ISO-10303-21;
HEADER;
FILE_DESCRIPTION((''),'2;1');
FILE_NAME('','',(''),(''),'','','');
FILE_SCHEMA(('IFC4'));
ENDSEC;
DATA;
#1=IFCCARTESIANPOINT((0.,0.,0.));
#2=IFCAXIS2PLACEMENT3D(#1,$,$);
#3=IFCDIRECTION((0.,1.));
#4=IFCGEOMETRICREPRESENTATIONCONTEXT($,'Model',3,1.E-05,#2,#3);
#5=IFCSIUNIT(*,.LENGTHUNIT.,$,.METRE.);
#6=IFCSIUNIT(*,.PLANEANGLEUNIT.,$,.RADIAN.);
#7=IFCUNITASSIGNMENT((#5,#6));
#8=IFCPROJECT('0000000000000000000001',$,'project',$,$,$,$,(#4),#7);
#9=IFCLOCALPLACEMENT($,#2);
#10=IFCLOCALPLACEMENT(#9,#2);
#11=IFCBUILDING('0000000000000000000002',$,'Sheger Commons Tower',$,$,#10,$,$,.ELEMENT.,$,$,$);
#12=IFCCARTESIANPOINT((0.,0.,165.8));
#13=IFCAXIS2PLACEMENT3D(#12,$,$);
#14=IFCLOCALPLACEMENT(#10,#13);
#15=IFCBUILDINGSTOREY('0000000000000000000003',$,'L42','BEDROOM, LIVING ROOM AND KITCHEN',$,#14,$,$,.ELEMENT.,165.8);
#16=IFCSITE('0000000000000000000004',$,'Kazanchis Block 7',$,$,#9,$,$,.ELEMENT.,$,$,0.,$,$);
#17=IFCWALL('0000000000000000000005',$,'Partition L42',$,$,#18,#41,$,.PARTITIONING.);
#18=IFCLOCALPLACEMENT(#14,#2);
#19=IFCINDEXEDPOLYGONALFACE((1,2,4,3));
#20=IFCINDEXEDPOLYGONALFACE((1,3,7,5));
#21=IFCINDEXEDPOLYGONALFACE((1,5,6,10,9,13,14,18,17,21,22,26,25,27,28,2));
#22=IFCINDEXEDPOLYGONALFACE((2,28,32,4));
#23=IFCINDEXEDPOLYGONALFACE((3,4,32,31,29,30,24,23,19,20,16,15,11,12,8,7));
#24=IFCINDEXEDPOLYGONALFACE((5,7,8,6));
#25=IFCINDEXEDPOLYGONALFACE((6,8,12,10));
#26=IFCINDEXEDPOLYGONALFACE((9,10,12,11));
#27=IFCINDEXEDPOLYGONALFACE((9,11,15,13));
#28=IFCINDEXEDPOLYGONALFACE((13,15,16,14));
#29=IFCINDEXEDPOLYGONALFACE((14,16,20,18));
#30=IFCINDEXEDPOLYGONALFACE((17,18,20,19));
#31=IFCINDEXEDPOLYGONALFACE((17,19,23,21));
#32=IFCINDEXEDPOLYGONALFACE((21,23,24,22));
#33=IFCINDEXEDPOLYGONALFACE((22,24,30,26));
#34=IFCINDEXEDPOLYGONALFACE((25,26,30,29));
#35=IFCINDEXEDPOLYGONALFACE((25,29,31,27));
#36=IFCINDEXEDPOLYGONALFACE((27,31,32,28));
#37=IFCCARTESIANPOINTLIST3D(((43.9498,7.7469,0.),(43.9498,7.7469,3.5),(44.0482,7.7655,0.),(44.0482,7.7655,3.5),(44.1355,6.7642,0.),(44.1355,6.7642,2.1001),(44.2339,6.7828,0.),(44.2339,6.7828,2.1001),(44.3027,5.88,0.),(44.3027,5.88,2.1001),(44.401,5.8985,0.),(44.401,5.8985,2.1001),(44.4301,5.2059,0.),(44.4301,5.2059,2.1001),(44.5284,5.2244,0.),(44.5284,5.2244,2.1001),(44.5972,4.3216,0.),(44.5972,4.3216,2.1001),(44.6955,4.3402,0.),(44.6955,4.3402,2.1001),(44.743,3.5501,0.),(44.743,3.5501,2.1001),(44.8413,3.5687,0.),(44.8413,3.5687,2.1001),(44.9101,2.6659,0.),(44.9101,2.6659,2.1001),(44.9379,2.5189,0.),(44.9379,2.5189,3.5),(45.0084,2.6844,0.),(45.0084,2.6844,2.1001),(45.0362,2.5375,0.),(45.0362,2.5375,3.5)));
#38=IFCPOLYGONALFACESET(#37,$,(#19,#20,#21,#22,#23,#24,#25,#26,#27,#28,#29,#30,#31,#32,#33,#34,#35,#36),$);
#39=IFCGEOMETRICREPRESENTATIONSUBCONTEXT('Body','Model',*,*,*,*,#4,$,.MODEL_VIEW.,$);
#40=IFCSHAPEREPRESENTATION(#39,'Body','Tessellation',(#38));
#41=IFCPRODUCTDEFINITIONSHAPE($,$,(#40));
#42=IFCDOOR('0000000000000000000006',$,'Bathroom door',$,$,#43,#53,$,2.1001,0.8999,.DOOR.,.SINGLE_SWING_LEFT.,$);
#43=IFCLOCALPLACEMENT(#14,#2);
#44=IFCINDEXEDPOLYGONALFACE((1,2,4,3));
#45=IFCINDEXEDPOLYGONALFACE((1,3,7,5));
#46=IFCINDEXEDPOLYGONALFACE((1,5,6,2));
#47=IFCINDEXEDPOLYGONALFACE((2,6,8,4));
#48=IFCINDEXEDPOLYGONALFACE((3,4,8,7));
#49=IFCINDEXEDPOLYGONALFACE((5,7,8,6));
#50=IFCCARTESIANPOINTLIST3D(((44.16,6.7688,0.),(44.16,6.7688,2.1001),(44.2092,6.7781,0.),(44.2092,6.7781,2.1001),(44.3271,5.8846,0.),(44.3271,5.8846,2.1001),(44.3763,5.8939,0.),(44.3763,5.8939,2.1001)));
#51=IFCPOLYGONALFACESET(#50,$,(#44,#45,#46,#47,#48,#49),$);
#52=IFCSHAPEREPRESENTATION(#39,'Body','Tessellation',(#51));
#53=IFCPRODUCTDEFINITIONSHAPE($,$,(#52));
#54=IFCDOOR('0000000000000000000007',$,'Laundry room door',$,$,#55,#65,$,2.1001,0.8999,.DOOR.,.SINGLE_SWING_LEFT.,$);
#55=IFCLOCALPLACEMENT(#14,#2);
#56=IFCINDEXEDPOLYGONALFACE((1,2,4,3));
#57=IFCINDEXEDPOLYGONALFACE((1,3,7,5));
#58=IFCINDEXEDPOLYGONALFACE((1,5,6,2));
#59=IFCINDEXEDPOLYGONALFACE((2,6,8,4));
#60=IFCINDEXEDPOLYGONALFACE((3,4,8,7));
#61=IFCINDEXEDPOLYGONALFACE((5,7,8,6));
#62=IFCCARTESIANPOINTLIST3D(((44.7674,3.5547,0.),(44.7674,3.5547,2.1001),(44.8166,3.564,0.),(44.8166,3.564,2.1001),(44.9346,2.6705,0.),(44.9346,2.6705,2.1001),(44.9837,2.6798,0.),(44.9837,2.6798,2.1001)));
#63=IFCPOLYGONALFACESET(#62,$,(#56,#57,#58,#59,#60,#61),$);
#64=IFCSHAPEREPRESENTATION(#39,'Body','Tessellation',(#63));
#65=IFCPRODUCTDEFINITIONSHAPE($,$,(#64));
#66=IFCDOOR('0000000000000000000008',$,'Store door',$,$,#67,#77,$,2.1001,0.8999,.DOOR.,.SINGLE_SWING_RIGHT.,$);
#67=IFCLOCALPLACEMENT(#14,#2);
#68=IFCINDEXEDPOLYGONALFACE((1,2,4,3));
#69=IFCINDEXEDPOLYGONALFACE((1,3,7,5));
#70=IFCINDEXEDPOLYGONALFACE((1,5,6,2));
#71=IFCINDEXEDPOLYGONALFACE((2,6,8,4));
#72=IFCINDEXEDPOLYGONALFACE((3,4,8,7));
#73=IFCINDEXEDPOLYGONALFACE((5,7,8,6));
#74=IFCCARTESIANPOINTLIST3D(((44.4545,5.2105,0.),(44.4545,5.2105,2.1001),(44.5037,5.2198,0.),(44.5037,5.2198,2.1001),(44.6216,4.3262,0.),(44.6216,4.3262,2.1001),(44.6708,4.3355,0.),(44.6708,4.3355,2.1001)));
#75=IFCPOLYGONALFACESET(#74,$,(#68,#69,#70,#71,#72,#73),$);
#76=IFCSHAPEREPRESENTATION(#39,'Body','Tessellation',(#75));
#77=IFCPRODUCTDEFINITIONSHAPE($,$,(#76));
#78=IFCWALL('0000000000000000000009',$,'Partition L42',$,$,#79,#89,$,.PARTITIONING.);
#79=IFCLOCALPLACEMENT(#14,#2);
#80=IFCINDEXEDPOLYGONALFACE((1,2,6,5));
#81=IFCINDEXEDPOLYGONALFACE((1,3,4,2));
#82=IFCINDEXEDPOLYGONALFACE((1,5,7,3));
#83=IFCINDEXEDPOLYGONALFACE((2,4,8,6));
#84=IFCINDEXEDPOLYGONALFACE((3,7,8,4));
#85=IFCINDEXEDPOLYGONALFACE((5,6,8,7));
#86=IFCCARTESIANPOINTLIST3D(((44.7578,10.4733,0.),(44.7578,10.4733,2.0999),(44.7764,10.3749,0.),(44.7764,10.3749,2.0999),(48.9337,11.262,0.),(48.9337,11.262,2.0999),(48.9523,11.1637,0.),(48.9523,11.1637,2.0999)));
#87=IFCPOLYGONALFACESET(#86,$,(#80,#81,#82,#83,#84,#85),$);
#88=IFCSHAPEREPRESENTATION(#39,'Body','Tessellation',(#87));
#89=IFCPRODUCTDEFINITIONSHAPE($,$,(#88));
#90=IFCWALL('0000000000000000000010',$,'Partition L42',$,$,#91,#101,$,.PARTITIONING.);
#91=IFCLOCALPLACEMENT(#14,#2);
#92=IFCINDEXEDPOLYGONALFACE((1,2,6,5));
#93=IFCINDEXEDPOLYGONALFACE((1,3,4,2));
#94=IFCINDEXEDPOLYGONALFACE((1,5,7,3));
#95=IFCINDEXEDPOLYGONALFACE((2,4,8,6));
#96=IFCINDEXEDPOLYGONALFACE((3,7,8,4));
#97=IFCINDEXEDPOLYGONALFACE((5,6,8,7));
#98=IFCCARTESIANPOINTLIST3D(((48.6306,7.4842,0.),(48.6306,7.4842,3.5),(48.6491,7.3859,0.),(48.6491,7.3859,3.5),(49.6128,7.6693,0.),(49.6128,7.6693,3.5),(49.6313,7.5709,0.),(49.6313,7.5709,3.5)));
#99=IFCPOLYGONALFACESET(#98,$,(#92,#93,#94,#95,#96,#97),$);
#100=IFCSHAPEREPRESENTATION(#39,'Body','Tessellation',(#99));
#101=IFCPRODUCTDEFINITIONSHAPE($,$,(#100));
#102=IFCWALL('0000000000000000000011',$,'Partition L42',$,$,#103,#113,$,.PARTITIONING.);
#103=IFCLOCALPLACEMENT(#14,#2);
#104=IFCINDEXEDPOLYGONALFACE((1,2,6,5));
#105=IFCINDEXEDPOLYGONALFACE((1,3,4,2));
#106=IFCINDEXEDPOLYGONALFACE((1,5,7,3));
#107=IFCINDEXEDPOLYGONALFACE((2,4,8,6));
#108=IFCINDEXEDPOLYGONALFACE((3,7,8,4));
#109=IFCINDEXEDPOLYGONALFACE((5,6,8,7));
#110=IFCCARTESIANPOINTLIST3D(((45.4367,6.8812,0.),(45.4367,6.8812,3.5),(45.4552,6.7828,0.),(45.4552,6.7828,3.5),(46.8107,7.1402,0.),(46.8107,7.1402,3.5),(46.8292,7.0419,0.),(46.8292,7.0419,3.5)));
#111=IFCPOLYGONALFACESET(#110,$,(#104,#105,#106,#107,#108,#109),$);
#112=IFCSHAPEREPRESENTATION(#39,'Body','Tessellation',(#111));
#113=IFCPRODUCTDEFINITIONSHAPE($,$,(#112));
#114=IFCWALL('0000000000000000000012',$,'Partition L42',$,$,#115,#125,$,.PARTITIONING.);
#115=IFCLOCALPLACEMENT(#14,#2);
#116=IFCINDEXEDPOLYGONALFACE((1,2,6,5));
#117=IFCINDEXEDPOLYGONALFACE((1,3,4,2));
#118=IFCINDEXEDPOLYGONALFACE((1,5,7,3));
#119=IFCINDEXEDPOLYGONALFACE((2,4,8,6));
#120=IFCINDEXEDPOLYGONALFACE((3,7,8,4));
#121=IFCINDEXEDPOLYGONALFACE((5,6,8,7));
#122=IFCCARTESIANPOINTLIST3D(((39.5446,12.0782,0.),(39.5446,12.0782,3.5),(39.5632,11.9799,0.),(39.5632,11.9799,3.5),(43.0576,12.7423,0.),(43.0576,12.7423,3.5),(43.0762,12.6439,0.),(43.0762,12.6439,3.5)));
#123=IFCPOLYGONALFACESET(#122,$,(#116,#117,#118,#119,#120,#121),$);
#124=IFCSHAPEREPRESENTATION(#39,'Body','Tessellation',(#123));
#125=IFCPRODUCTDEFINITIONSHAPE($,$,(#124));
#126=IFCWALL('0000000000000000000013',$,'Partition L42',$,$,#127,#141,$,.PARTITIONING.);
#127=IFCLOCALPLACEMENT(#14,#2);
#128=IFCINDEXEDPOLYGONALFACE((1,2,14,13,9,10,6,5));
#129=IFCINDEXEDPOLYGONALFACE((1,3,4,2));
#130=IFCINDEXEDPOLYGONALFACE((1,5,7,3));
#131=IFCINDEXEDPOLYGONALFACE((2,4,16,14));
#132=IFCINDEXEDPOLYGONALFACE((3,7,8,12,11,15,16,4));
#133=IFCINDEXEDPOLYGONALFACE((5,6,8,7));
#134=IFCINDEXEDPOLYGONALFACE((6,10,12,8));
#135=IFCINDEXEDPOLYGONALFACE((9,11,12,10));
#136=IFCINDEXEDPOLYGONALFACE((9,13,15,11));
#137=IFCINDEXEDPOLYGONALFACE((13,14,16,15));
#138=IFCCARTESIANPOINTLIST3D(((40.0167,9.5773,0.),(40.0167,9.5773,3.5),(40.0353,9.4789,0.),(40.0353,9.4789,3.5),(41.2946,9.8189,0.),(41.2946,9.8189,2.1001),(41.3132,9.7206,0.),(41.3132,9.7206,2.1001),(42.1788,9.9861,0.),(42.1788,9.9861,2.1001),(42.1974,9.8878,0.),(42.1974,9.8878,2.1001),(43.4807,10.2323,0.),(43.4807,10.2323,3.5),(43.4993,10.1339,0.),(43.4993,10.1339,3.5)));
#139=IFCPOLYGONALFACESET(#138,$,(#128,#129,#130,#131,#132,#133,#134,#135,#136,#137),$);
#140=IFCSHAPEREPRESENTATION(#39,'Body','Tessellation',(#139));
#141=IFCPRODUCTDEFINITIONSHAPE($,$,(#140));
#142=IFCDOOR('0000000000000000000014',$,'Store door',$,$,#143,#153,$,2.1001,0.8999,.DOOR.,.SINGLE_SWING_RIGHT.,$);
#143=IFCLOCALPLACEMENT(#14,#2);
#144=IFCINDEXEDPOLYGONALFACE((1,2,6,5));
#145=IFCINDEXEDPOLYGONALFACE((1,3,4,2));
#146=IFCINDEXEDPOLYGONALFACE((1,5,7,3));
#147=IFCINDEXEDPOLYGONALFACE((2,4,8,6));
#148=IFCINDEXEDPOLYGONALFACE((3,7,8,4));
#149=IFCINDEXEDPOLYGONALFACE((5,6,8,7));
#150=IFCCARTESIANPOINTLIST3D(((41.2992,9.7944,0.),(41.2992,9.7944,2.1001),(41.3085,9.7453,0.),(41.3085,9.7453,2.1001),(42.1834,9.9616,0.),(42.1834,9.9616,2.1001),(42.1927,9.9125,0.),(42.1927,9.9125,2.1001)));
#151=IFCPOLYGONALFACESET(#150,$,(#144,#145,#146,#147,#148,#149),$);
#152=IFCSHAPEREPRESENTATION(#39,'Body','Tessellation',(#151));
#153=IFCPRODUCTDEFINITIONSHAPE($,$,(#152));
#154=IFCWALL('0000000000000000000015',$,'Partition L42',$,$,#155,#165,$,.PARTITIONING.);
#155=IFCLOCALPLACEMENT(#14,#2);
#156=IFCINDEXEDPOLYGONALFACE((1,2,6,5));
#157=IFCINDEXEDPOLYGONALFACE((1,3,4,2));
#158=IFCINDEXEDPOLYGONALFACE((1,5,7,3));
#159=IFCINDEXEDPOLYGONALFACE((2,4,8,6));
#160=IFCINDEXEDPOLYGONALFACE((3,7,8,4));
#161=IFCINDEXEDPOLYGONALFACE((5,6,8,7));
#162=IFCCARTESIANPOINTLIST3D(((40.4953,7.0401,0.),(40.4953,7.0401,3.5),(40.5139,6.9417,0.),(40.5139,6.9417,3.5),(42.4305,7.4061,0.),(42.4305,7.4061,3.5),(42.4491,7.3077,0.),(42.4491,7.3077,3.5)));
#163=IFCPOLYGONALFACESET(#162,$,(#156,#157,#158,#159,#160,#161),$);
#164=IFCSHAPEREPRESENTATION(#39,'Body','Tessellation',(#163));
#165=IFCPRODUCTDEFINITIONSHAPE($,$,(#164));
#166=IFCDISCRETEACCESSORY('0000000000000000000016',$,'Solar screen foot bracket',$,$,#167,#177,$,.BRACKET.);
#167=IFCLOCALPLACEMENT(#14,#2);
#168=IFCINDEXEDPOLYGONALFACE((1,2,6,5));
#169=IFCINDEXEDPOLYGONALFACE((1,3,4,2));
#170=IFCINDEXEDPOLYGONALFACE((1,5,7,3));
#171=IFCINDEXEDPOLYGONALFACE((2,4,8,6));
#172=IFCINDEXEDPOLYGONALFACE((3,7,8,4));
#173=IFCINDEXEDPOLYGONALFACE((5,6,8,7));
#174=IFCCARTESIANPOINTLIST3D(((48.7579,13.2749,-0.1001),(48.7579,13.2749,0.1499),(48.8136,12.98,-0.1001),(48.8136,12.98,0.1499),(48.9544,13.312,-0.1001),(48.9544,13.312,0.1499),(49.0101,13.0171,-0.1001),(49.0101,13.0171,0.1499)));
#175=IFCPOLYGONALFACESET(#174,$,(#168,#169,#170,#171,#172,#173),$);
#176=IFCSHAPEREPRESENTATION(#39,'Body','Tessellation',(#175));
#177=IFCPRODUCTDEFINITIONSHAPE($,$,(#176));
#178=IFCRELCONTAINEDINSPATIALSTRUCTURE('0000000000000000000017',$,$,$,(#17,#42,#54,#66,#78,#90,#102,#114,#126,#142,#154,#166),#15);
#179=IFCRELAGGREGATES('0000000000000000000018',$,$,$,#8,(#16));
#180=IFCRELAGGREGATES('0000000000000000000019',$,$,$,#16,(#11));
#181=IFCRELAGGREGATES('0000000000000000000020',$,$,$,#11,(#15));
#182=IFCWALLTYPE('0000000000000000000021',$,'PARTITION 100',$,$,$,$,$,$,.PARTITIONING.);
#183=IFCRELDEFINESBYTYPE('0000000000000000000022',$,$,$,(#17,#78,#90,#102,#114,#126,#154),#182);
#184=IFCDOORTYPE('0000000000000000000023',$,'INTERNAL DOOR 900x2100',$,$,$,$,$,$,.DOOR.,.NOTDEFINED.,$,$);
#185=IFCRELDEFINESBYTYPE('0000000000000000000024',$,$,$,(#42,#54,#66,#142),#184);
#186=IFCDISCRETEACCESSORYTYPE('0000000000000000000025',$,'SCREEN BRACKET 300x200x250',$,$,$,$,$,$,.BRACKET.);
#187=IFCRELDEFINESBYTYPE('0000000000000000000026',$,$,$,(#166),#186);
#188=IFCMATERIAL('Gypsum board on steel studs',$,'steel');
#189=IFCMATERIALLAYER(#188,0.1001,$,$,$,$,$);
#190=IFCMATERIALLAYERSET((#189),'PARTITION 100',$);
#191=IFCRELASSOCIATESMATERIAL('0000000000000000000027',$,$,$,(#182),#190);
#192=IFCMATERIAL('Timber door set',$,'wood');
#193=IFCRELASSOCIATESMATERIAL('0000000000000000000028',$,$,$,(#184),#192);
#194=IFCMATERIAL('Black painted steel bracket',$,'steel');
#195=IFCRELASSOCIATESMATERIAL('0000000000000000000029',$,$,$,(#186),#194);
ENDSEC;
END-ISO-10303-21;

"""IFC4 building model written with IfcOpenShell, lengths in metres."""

from ifc_helpers import new_model, si_unit, direction, frame, frame_2d, origin, origin_2d, place, context, subcontext, project, spatial, rectangle, extrude, material, layer, layer_set, type_object, element, fill, save


model = new_model("IFC4")

# Units and contexts
model_context = context("Model", 3, precision=1e-05, world=origin(), true_north=direction((0.0, 1.0)))
body_context = subcontext(model_context, "Body", "Model", "MODEL_VIEW")
ifc_project = project(units=[si_unit("LENGTHUNIT", "METRE"), si_unit("PLANEANGLEUNIT", "RADIAN")], contexts=[model_context])

# Site, building, storey
site_placement = place(None, origin())
site = spatial("IfcSite", under=ifc_project, at=site_placement, Name="Kazanchis Block 7", CompositionType="ELEMENT", RefElevation=0.0)
building_placement = place(site_placement, origin())
building = spatial("IfcBuilding", under=site, at=building_placement, Name="Sheger Commons Tower", CompositionType="ELEMENT")
storey_placement = place(building_placement, frame((0.0, 0.0, 165.8)))
storey = spatial("IfcBuildingStorey", under=building, at=storey_placement, Name="L42", Description="BEDROOM, LIVING ROOM AND KITCHEN", CompositionType="ELEMENT", Elevation=165.8)

# Shared definitions
ifc_material_1 = material(Name="Gypsum board on steel studs", Category="steel")
ifc_layer_1 = layer(ifc_material_1, 0.1001)
ifc_layer_set_1 = layer_set([ifc_layer_1], Name="PARTITION 100")
wall_type_1 = type_object("IfcWallType", Name="PARTITION 100", PredefinedType="PARTITIONING", material=ifc_layer_set_1)
ifc_material_2 = material(Name="Timber door set", Category="wood")
door_type_1 = type_object("IfcDoorType", Name="INTERNAL DOOR 900x2100", OperationType="NOTDEFINED", PredefinedType="DOOR", material=ifc_material_2)

# Wall, openings, doors
wall_1_placement = place(storey_placement, frame((43.999, 7.7561, 0.0), z_axis=(0.0, 0.0, 1.0), x_axis=(0.185701, -0.982606, 0.0)))
wall_1 = element("IfcWall", 1, at=wall_1_placement, inside=storey, type_object=wall_type_1, Name="Partition L42", PredefinedType="PARTITIONING", context=body_context, shape_type="SweptSolid", body=[
    extrude(rectangle(XDim=5.3206, YDim=0.1001, at=frame_2d((2.6602, 0.0))), origin(), (0.0, 0.0, 1.0), 3.5),
])
opening_1_placement = place(wall_1_placement, frame((1.0, 0.0, 0.0)))
opening_1 = element("IfcOpeningElement", 2, at=opening_1_placement, cuts=wall_1, PredefinedType="OPENING", context=body_context, shape_type="SweptSolid", body=[
    extrude(rectangle(XDim=0.8999, YDim=2.1001, at=frame_2d((0.45, 1.05))), frame((0.0, 0.0601, 0.0), z_axis=(0.0, -1.0, 0.0), x_axis=(1.0, 0.0, 0.0)), (0.0, 0.0, 1.0), 0.1201),
])
opening_2_placement = place(wall_1_placement, frame((4.271, 0.0, 0.0)))
opening_2 = element("IfcOpeningElement", 3, at=opening_2_placement, cuts=wall_1, PredefinedType="OPENING", context=body_context, shape_type="SweptSolid", body=[
    extrude(rectangle(XDim=0.8999, YDim=2.1001, at=frame_2d((0.45, 1.05))), frame((0.0, 0.0601, 0.0), z_axis=(0.0, -1.0, 0.0), x_axis=(1.0, 0.0, 0.0)), (0.0, 0.0, 1.0), 0.1201),
])
opening_3_placement = place(wall_1_placement, frame((2.5859, 0.0, 0.0)))
opening_3 = element("IfcOpeningElement", 4, at=opening_3_placement, cuts=wall_1, PredefinedType="OPENING", context=body_context, shape_type="SweptSolid", body=[
    extrude(rectangle(XDim=0.8999, YDim=2.1001, at=frame_2d((0.45, 1.05))), frame((0.0, 0.0601, 0.0), z_axis=(0.0, -1.0, 0.0), x_axis=(1.0, 0.0, 0.0)), (0.0, 0.0, 1.0), 0.1201),
])
door_1_placement = place(opening_1_placement, origin())
door_1 = element("IfcDoor", 5, at=door_1_placement, inside=storey, type_object=door_type_1, Name="Bathroom door", OperationType="SINGLE_SWING_LEFT", OverallHeight=2.1001, OverallWidth=0.8999, PredefinedType="DOOR", context=body_context, shape_type="SweptSolid", body=[
    extrude(rectangle(XDim=0.8999, YDim=2.1001, at=frame_2d((0.45, 1.05))), frame((0.0, 0.0249, 0.0), z_axis=(0.0, -1.0, 0.0), x_axis=(1.0, 0.0, 0.0)), (0.0, 0.0, 1.0), 0.05),
])
fill(opening_1, door_1)
door_2_placement = place(opening_2_placement, origin())
door_2 = element("IfcDoor", 6, at=door_2_placement, inside=storey, type_object=door_type_1, Name="Laundry room door", OperationType="SINGLE_SWING_LEFT", OverallHeight=2.1001, OverallWidth=0.8999, PredefinedType="DOOR", context=body_context, shape_type="SweptSolid", body=[
    extrude(rectangle(XDim=0.8999, YDim=2.1001, at=frame_2d((0.45, 1.05))), frame((0.0, 0.0249, 0.0), z_axis=(0.0, -1.0, 0.0), x_axis=(1.0, 0.0, 0.0)), (0.0, 0.0, 1.0), 0.05),
])
fill(opening_2, door_2)
door_3_placement = place(opening_3_placement, origin())
door_3 = element("IfcDoor", 7, at=door_3_placement, inside=storey, type_object=door_type_1, Name="Store door", OperationType="SINGLE_SWING_RIGHT", OverallHeight=2.1001, OverallWidth=0.8999, PredefinedType="DOOR", context=body_context, shape_type="SweptSolid", body=[
    extrude(rectangle(XDim=0.8999, YDim=2.1001, at=frame_2d((0.45, 1.05))), frame((0.0, 0.0249, 0.0), z_axis=(0.0, -1.0, 0.0), x_axis=(1.0, 0.0, 0.0)), (0.0, 0.0, 1.0), 0.05),
])
fill(opening_3, door_3)

# Walls
wall_2_placement = place(storey_placement, frame((48.9431, 11.2129, 0.0), z_axis=(0.0, 0.0, 1.0), x_axis=(-0.982624, -0.18561, 0.0)))
element("IfcWall", 8, at=wall_2_placement, inside=storey, type_object=wall_type_1, Name="Partition L42", PredefinedType="PARTITIONING", context=body_context, shape_type="SweptSolid", body=[
    extrude(rectangle(XDim=4.2498, YDim=0.1001, at=frame_2d((2.125, 0.0))), origin(), (0.0, 0.0, 1.0), 2.0999),
])
wall_3_placement = place(storey_placement, frame((49.6221, 7.6201, 0.0), z_axis=(0.0, 0.0, 1.0), x_axis=(-0.982709, -0.185159, 0.0)))
element("IfcWall", 9, at=wall_3_placement, inside=storey, type_object=wall_type_1, Name="Partition L42", PredefinedType="PARTITIONING", context=body_context, shape_type="SweptSolid", body=[
    extrude(rectangle(XDim=0.9995, YDim=0.1001, at=frame_2d((0.4998, 0.0))), origin(), (0.0, 0.0, 1.0), 3.5),
])
wall_4_placement = place(storey_placement, frame((46.8201, 7.0911, 0.0), z_axis=(0.0, 0.0, 1.0), x_axis=(-0.98269, -0.185258, 0.0)))
element("IfcWall", 10, at=wall_4_placement, inside=storey, type_object=wall_type_1, Name="Partition L42", PredefinedType="PARTITIONING", context=body_context, shape_type="SweptSolid", body=[
    extrude(rectangle(XDim=1.3982, YDim=0.1001, at=frame_2d((0.6992, 0.0))), origin(), (0.0, 0.0, 1.0), 3.5),
])
wall_5_placement = place(storey_placement, frame((43.0669, 12.6931, 0.0), z_axis=(0.0, 0.0, 1.0), x_axis=(-0.982598, -0.185744, 0.0)))
element("IfcWall", 11, at=wall_5_placement, inside=storey, type_object=wall_type_1, Name="Partition L42", PredefinedType="PARTITIONING", context=body_context, shape_type="SweptSolid", body=[
    extrude(rectangle(XDim=3.5752, YDim=0.1001, at=frame_2d((1.7876, 0.0))), origin(), (0.0, 0.0, 1.0), 3.5),
])

# Wall, opening, door
wall_6_placement = place(storey_placement, frame((43.49, 10.1831, 0.0), z_axis=(0.0, 0.0, 1.0), x_axis=(-0.982588, -0.185798, 0.0)))
wall_6 = element("IfcWall", 12, at=wall_6_placement, inside=storey, type_object=wall_type_1, Name="Partition L42", PredefinedType="PARTITIONING", context=body_context, shape_type="SweptSolid", body=[
    extrude(rectangle(XDim=3.5254, YDim=0.1001, at=frame_2d((1.7627, 0.0))), origin(), (0.0, 0.0, 1.0), 3.5),
])
opening_4_placement = place(wall_6_placement, frame((1.325, 0.0, 0.0)))
opening_4 = element("IfcOpeningElement", 13, at=opening_4_placement, cuts=wall_6, PredefinedType="OPENING", context=body_context, shape_type="SweptSolid", body=[
    extrude(rectangle(XDim=0.8999, YDim=2.1001, at=frame_2d((0.45, 1.05))), frame((0.0, 0.0601, 0.0), z_axis=(0.0, -1.0, 0.0), x_axis=(1.0, 0.0, 0.0)), (0.0, 0.0, 1.0), 0.1201),
])
door_4_placement = place(opening_4_placement, origin())
door_4 = element("IfcDoor", 14, at=door_4_placement, inside=storey, type_object=door_type_1, Name="Store door", OperationType="SINGLE_SWING_RIGHT", OverallHeight=2.1001, OverallWidth=0.8999, PredefinedType="DOOR", context=body_context, shape_type="SweptSolid", body=[
    extrude(rectangle(XDim=0.8999, YDim=2.1001, at=frame_2d((0.45, 1.05))), frame((0.0, 0.0249, 0.0), z_axis=(0.0, -1.0, 0.0), x_axis=(1.0, 0.0, 0.0)), (0.0, 0.0, 1.0), 0.05),
])
fill(opening_4, door_4)

# Wall
wall_7_placement = place(storey_placement, frame((42.4399, 7.3569, 0.0), z_axis=(0.0, 0.0, 1.0), x_axis=(-0.982582, -0.18583, 0.0)))
element("IfcWall", 15, at=wall_7_placement, inside=storey, type_object=wall_type_1, Name="Partition L42", PredefinedType="PARTITIONING", context=body_context, shape_type="SweptSolid", body=[
    extrude(rectangle(XDim=1.9695, YDim=0.1001, at=frame_2d((0.9849, 0.0))), origin(), (0.0, 0.0, 1.0), 3.5),
])

# Discrete accessory
ifc_material_3 = material(Name="Black painted steel bracket", Category="steel")
discrete_accessory_type = type_object("IfcDiscreteAccessoryType", Name="SCREEN BRACKET 300x200x250", PredefinedType="BRACKET", material=ifc_material_3)
discrete_accessory_placement = place(storey_placement, frame((48.884, 13.146, -0.1001), z_axis=(0.0, 0.0, 1.0), x_axis=(-0.185615, 0.982623, 0.0)))
element("IfcDiscreteAccessory", 16, at=discrete_accessory_placement, inside=storey, type_object=discrete_accessory_type, Name="Solar screen foot bracket", PredefinedType="BRACKET", context=body_context, shape_type="SweptSolid", body=[
    extrude(rectangle(XDim=0.3, YDim=0.2, at=origin_2d()), origin(), (0.0, 0.0, 1.0), 0.25),
])

save(model, "model.ifc")
